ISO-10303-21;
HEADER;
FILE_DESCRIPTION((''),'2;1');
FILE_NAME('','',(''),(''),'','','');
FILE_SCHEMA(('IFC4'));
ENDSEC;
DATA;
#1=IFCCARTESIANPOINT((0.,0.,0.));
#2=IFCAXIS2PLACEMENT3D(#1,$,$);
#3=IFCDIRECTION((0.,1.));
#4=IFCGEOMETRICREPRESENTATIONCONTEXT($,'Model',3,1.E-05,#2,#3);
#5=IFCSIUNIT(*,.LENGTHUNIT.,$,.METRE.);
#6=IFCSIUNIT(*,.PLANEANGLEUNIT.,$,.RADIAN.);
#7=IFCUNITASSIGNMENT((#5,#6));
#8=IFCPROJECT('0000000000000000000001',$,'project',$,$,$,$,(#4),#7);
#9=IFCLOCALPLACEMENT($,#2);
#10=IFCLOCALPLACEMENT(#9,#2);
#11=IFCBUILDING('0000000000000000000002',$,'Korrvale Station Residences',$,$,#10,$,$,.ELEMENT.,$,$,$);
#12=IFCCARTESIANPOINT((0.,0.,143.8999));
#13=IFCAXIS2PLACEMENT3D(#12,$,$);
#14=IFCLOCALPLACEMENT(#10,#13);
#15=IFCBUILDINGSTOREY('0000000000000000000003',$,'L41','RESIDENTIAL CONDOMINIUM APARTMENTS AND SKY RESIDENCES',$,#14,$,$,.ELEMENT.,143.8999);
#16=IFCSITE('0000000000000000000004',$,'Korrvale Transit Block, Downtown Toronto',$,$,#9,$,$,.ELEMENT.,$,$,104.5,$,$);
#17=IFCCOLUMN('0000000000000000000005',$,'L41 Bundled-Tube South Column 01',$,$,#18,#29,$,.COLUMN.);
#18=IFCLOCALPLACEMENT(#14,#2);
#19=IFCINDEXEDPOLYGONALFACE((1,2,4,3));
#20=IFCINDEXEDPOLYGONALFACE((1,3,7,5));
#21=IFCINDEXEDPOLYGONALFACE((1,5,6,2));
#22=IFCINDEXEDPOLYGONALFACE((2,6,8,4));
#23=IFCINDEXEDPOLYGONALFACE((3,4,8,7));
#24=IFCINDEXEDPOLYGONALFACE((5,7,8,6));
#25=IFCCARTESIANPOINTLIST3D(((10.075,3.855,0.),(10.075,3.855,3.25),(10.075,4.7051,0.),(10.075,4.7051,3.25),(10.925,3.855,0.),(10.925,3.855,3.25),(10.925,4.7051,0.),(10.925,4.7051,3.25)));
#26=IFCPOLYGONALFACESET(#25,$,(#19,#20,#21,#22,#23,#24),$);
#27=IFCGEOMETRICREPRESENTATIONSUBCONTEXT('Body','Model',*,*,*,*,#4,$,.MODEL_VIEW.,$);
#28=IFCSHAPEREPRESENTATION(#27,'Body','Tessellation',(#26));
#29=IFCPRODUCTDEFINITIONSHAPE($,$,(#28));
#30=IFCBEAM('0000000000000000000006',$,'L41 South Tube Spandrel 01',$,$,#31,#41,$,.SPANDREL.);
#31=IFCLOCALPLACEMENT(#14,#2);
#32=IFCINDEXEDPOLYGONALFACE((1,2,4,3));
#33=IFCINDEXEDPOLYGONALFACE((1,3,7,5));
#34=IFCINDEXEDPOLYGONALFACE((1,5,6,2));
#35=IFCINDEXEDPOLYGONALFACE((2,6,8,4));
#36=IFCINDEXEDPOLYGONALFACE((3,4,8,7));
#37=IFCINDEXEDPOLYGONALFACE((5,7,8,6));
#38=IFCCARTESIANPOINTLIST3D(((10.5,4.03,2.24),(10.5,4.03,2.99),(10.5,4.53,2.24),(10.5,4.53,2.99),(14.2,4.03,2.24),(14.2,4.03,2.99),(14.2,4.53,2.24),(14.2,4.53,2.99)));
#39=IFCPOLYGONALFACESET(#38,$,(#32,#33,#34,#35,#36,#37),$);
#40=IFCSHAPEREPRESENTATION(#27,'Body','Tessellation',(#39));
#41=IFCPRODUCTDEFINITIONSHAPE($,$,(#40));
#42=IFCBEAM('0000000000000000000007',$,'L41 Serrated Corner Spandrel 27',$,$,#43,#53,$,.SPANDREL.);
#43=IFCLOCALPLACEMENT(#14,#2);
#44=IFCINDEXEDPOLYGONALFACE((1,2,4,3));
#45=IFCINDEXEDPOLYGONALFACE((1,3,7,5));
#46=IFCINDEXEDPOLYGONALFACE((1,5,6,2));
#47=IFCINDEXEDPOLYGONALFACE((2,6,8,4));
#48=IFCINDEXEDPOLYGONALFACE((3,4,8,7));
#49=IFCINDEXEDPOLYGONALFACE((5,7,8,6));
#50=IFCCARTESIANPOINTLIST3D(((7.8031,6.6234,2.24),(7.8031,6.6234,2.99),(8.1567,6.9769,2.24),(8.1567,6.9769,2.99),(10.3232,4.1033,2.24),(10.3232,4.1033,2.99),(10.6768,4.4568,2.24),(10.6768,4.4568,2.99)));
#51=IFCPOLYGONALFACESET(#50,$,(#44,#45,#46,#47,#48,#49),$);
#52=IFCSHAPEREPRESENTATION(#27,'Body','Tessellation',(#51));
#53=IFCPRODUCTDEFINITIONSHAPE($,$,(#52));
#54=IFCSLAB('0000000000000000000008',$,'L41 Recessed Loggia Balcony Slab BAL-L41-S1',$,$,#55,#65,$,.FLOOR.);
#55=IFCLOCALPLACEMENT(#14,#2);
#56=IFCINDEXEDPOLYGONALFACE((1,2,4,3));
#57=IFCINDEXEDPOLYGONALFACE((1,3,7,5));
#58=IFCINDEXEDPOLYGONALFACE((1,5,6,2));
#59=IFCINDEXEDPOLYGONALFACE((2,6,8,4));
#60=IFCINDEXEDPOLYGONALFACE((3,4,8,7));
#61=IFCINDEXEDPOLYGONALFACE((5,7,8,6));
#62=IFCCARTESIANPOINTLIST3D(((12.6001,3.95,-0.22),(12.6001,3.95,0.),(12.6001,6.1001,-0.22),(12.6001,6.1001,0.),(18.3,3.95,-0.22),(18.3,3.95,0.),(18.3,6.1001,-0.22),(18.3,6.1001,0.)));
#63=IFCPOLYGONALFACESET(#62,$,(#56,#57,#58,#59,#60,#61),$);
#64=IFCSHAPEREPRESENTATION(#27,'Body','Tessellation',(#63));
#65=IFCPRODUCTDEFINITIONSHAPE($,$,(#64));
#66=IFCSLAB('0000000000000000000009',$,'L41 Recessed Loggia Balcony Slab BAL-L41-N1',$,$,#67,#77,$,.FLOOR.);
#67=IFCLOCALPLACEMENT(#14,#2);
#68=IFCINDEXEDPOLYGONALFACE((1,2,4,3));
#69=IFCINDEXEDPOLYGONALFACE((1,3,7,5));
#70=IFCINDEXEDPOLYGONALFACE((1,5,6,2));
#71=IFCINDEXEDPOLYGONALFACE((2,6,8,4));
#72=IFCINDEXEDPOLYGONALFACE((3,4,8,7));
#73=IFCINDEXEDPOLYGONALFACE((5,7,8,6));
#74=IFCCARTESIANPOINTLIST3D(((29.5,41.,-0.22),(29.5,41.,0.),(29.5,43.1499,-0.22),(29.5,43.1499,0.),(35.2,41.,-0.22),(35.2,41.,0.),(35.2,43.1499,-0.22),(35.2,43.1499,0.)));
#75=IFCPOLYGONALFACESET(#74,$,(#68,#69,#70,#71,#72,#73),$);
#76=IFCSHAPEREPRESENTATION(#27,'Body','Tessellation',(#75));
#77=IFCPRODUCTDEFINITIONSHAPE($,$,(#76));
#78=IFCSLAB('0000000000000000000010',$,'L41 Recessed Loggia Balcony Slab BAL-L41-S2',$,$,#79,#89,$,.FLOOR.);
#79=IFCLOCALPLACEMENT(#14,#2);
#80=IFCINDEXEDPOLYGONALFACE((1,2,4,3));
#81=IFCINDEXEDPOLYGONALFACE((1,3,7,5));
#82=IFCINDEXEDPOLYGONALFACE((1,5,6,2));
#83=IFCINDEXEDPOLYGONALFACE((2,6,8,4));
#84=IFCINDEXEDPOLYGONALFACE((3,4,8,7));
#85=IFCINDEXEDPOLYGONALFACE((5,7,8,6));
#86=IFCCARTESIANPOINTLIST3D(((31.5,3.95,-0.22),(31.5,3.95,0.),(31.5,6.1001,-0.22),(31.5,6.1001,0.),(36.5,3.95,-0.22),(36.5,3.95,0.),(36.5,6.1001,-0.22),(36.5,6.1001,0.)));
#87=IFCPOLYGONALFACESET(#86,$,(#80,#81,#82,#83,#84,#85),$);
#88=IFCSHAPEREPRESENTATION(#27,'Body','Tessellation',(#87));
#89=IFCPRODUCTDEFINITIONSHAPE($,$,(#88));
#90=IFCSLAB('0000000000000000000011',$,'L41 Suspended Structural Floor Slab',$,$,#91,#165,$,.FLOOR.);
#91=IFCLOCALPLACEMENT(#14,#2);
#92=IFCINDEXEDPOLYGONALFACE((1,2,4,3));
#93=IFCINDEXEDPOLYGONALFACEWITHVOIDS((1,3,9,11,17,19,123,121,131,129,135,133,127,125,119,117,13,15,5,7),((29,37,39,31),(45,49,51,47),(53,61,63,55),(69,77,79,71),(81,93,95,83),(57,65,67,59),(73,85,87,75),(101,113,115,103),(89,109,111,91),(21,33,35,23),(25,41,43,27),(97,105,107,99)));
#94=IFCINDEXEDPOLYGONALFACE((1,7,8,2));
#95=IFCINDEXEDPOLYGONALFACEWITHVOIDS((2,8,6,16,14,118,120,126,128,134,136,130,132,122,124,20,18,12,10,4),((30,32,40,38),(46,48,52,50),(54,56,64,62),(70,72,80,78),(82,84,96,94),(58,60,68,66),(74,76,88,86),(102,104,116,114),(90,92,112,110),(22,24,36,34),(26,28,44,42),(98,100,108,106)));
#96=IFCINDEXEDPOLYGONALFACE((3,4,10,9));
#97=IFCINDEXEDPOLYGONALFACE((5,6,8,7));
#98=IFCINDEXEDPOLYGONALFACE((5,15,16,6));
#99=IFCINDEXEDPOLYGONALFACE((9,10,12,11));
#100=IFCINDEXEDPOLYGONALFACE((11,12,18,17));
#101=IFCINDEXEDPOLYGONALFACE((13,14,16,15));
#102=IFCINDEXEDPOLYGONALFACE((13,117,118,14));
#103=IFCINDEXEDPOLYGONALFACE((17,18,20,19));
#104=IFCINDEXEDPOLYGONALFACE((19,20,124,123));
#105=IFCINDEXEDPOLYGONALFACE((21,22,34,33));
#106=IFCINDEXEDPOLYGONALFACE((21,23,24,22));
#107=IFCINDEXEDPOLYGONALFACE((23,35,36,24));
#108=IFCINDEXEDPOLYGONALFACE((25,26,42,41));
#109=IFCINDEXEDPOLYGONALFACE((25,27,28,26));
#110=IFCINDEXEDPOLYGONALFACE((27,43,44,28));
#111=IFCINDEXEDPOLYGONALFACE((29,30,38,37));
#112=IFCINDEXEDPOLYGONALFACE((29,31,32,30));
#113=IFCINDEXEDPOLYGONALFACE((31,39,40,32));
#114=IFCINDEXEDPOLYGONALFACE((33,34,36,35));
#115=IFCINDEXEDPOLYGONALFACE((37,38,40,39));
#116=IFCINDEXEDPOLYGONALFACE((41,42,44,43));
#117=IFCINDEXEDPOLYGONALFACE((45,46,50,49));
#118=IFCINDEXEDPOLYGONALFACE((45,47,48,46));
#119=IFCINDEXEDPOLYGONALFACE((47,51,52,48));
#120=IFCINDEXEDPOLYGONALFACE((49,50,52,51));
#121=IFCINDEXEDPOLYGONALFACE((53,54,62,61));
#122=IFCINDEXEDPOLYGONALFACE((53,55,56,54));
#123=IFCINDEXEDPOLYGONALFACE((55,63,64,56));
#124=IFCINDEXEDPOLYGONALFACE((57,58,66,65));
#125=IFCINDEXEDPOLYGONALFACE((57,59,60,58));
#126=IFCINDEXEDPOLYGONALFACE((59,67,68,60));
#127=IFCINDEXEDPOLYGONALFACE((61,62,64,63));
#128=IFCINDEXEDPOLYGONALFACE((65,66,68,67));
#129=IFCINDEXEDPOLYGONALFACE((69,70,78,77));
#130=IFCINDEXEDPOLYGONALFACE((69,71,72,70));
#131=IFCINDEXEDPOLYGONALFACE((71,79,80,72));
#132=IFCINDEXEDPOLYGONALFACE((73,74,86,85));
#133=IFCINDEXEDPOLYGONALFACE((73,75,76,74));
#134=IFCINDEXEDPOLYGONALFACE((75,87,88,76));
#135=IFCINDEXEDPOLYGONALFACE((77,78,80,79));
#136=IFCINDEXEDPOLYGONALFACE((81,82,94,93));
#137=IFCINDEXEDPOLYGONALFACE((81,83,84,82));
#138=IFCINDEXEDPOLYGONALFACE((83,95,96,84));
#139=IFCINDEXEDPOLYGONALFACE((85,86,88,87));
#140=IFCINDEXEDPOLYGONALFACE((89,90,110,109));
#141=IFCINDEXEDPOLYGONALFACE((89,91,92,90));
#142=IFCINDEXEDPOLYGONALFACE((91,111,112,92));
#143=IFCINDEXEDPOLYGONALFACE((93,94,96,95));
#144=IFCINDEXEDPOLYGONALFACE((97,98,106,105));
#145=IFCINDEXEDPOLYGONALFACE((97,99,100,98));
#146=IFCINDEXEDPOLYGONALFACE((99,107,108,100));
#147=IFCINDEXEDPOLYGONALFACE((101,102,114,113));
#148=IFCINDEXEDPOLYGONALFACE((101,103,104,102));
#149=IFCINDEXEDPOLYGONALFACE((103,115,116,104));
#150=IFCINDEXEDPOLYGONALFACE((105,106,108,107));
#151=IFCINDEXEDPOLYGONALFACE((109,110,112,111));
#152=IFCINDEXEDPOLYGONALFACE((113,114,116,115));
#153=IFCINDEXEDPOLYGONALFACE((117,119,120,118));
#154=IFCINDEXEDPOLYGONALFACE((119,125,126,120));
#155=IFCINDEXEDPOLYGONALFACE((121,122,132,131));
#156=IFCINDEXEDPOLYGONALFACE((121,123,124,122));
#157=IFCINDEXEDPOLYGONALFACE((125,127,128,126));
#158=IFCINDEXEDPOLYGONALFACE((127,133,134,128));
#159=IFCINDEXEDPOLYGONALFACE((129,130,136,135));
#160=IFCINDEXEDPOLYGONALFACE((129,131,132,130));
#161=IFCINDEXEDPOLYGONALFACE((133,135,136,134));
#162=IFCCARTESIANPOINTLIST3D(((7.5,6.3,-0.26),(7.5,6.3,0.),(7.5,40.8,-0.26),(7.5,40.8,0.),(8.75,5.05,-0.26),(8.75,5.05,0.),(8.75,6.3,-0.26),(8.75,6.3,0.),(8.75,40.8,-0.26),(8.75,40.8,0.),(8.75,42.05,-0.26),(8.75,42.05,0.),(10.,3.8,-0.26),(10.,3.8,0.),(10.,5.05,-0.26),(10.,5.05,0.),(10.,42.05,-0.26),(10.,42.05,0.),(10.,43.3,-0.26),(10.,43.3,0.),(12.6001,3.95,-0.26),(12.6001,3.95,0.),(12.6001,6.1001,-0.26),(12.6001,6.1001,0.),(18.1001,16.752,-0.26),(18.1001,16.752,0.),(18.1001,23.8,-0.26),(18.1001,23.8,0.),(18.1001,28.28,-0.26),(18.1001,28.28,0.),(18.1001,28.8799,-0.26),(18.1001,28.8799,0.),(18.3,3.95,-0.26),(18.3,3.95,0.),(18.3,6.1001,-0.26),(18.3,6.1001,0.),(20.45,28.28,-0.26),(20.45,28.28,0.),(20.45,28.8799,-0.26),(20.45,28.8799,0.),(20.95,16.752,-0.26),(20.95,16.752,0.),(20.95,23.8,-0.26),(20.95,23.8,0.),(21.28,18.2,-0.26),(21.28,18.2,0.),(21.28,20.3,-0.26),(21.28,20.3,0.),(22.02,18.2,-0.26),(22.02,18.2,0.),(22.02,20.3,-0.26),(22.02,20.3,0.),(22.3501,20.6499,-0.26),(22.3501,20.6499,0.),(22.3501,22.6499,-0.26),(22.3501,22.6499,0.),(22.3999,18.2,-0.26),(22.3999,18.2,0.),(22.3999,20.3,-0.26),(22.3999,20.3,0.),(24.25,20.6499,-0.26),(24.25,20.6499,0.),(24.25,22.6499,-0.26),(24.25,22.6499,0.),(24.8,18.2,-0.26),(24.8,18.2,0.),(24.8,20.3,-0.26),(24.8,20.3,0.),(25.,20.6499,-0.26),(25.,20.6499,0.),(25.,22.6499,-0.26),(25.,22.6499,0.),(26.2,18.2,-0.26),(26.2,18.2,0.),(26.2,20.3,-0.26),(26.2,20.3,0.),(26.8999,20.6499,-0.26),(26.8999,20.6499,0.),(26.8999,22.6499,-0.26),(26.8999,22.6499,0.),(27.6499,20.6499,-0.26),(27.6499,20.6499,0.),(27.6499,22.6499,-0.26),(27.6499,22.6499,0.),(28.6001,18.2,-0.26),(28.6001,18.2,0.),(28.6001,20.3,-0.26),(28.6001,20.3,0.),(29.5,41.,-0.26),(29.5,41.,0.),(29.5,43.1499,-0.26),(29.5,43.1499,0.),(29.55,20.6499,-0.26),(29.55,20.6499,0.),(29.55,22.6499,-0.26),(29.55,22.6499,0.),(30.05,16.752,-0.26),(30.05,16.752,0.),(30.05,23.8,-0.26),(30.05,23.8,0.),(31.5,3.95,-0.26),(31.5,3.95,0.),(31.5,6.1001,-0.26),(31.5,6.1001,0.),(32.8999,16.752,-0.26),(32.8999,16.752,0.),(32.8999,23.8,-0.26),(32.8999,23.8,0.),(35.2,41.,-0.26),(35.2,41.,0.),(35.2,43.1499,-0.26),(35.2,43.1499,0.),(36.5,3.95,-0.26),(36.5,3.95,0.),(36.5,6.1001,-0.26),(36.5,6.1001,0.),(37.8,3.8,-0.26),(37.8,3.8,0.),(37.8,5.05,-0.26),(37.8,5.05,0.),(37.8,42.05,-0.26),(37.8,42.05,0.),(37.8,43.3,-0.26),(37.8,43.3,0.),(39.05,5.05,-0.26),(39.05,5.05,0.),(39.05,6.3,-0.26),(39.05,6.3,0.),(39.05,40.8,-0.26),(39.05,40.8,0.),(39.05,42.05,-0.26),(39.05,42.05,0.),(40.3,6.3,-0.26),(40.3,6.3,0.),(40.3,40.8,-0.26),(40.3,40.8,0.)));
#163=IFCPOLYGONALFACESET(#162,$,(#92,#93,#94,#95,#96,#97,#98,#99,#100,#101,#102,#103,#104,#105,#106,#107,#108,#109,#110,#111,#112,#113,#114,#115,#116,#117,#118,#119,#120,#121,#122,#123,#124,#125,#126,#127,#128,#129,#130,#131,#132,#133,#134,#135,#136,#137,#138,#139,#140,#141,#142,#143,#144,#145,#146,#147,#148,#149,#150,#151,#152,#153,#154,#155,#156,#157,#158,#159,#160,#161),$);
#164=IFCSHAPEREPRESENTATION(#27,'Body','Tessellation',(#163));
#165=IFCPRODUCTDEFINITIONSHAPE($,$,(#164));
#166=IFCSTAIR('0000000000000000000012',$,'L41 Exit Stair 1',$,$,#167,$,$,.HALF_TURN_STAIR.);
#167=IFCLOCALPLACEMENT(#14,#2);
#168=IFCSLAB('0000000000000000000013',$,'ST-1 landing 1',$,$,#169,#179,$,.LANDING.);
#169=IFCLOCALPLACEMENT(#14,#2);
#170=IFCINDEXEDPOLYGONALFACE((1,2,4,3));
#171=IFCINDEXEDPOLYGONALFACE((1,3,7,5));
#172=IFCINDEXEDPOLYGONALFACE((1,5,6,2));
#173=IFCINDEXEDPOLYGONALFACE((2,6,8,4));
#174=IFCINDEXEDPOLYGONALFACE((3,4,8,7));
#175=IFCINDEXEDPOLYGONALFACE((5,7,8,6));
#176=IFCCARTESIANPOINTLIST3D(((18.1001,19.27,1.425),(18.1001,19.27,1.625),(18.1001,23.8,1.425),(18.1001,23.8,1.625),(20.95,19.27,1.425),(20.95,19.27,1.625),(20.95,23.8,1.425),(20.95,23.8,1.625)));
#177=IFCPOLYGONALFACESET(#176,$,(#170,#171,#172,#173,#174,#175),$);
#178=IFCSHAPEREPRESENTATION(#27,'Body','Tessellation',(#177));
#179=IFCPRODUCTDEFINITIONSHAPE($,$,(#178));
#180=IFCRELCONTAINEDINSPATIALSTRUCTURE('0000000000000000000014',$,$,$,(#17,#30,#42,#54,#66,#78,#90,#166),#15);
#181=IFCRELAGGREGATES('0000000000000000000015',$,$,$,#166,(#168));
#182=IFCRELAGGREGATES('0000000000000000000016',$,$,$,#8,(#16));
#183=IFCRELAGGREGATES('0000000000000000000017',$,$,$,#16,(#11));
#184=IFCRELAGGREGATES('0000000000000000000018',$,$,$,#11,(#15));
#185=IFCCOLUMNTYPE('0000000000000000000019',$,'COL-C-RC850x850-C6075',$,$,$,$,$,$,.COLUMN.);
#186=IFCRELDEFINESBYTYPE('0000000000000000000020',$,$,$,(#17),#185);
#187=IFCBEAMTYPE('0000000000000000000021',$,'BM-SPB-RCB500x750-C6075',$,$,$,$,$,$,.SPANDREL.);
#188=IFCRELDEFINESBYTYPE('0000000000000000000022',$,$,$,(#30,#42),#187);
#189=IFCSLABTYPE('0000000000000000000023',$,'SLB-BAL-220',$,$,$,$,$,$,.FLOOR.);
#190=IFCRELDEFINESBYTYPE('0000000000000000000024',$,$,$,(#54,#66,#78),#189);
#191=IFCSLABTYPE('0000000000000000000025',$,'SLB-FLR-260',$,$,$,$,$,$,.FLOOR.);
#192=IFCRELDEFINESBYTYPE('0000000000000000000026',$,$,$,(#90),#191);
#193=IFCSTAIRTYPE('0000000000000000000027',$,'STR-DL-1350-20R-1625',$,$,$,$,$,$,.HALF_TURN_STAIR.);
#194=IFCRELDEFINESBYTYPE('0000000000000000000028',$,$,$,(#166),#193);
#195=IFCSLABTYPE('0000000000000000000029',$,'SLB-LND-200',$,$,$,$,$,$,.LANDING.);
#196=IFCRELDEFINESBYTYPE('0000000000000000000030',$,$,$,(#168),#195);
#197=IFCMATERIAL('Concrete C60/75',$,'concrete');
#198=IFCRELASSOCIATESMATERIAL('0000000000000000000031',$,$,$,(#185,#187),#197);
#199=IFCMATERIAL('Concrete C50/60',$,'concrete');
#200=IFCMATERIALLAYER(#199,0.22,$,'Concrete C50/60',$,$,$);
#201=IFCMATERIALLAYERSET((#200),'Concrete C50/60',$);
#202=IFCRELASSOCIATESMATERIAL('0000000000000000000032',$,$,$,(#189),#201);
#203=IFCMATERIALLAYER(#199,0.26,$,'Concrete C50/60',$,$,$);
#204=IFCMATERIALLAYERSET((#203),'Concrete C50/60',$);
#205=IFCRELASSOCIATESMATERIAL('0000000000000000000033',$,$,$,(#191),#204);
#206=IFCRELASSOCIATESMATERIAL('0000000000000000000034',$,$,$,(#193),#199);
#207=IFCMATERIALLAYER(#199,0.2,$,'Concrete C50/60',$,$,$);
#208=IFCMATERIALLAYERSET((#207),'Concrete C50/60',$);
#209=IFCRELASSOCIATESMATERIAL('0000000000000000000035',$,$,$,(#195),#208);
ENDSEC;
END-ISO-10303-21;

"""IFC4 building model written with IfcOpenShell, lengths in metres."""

from ifc_helpers import new_model, si_unit, direction, frame, origin, origin_2d, place, context, subcontext, project, spatial, polyline, rectangle, outline, extrude, material, layer, layer_set, material_profile, profile_set, type_object, element, aggregate, save


model = new_model("IFC4")

# Units and contexts
model_context = context("Model", 3, precision=1e-05, world=origin(), true_north=direction((0.0, 1.0)))
body_context = subcontext(model_context, "Body", "Model", "MODEL_VIEW")
ifc_project = project(units=[si_unit("LENGTHUNIT", "METRE"), si_unit("PLANEANGLEUNIT", "RADIAN")], contexts=[model_context])

# Site, building, storey
site_placement = place(None, origin())
site = spatial("IfcSite", under=ifc_project, at=site_placement, Name="Korrvale Transit Block, Downtown Toronto", CompositionType="ELEMENT", RefElevation=104.5)
building_placement = place(site_placement, origin())
building = spatial("IfcBuilding", under=site, at=building_placement, Name="Korrvale Station Residences", CompositionType="ELEMENT")
storey_placement = place(building_placement, frame((0.0, 0.0, 143.8999)))
storey = spatial("IfcBuildingStorey", under=building, at=storey_placement, Name="L41", Description="RESIDENTIAL CONDOMINIUM APARTMENTS AND SKY RESIDENCES", CompositionType="ELEMENT", Elevation=143.8999)

# Column
ifc_material_1 = material(Name="Concrete C60/75", Category="concrete")
ifc_material_profile_1 = material_profile(ifc_material_1, rectangle(XDim=0.8501, YDim=0.8501, at=origin_2d()), Name="RC850x850")
ifc_profile_set_1 = profile_set([ifc_material_profile_1], Name="Concrete C60/75")
column_type = type_object("IfcColumnType", Name="COL-C-RC850x850-C6075", PredefinedType="COLUMN", material=ifc_profile_set_1)
column_placement = place(storey_placement, frame((10.5, 4.28, 0.0), z_axis=(0.0, 0.0, 1.0), x_axis=(1.0, 0.0, 0.0)))
element("IfcColumn", 1, at=column_placement, inside=storey, type_object=column_type, Name="L41 Bundled-Tube South Column 01", PredefinedType="COLUMN", context=body_context, shape_type="SweptSolid", body=[
    extrude(rectangle(XDim=0.8501, YDim=0.8501, at=origin_2d()), origin(), (0.0, 0.0, 1.0), 3.25),
])

# Beams
ifc_material_profile_2 = material_profile(ifc_material_1, rectangle(XDim=0.5, YDim=0.75, at=origin_2d()), Name="RCB500x750")
ifc_profile_set_2 = profile_set([ifc_material_profile_2], Name="Concrete C60/75")
beam_type = type_object("IfcBeamType", Name="BM-SPB-RCB500x750-C6075", PredefinedType="SPANDREL", material=ifc_profile_set_2)
beam_1_placement = place(storey_placement, frame((10.5, 4.28, 2.615), z_axis=(1.0, 0.0, 0.0), x_axis=(0.0, 1.0, 0.0)))
element("IfcBeam", 2, at=beam_1_placement, inside=storey, type_object=beam_type, Name="L41 South Tube Spandrel 01", PredefinedType="SPANDREL", context=body_context, shape_type="SweptSolid", body=[
    extrude(rectangle(XDim=0.5, YDim=0.75, at=origin_2d()), origin(), (0.0, 0.0, 1.0), 3.7),
])
beam_2_placement = place(storey_placement, frame((10.5, 4.28, 2.615), z_axis=(-0.707107, 0.707107, 0.0), x_axis=(-0.707107, -0.707107, 0.0)))
element("IfcBeam", 3, at=beam_2_placement, inside=storey, type_object=beam_type, Name="L41 Serrated Corner Spandrel 27", PredefinedType="SPANDREL", context=body_context, shape_type="SweptSolid", body=[
    extrude(rectangle(XDim=0.5, YDim=0.75, at=origin_2d()), origin(), (0.0, 0.0, 1.0), 3.564),
])

# Slabs
ifc_material_2 = material(Name="Concrete C50/60", Category="concrete")
ifc_layer_1 = layer(ifc_material_2, 0.22, Name="Concrete C50/60")
ifc_layer_set_1 = layer_set([ifc_layer_1], Name="Concrete C50/60")
slab_type_1 = type_object("IfcSlabType", Name="SLB-BAL-220", PredefinedType="FLOOR", material=ifc_layer_set_1)
slab_1_placement = place(storey_placement, frame((0.0, 0.0, -0.22)))
element("IfcSlab", 4, at=slab_1_placement, inside=storey, type_object=slab_type_1, Name="L41 Recessed Loggia Balcony Slab BAL-L41-S1", PredefinedType="FLOOR", context=body_context, shape_type="SweptSolid", body=[
    extrude(outline(polyline([(12.6001, 3.95), (18.3, 3.95), (18.3, 6.1001), (12.6001, 6.1001), (12.6001, 3.95)])), origin(), (0.0, 0.0, 1.0), 0.22),
])
slab_2_placement = place(storey_placement, frame((0.0, 0.0, -0.22)))
element("IfcSlab", 5, at=slab_2_placement, inside=storey, type_object=slab_type_1, Name="L41 Recessed Loggia Balcony Slab BAL-L41-N1", PredefinedType="FLOOR", context=body_context, shape_type="SweptSolid", body=[
    extrude(outline(polyline([(29.5, 41.0), (35.2, 41.0), (35.2, 43.1499), (29.5, 43.1499), (29.5, 41.0)])), origin(), (0.0, 0.0, 1.0), 0.22),
])
slab_3_placement = place(storey_placement, frame((0.0, 0.0, -0.22)))
element("IfcSlab", 6, at=slab_3_placement, inside=storey, type_object=slab_type_1, Name="L41 Recessed Loggia Balcony Slab BAL-L41-S2", PredefinedType="FLOOR", context=body_context, shape_type="SweptSolid", body=[
    extrude(outline(polyline([(31.5, 3.95), (36.5, 3.95), (36.5, 6.1001), (31.5, 6.1001), (31.5, 3.95)])), origin(), (0.0, 0.0, 1.0), 0.22),
])
ifc_layer_2 = layer(ifc_material_2, 0.26, Name="Concrete C50/60")
ifc_layer_set_2 = layer_set([ifc_layer_2], Name="Concrete C50/60")
slab_type_2 = type_object("IfcSlabType", Name="SLB-FLR-260", PredefinedType="FLOOR", material=ifc_layer_set_2)
slab_4_placement = place(storey_placement, frame((0.0, 0.0, -0.26)))
element("IfcSlab", 7, at=slab_4_placement, inside=storey, type_object=slab_type_2, Name="L41 Suspended Structural Floor Slab", PredefinedType="FLOOR", context=body_context, shape_type="SweptSolid", body=[
    extrude(outline(polyline([(10.0, 3.8), (37.8, 3.8), (37.8, 5.05), (39.05, 5.05), (39.05, 6.3), (40.3, 6.3), (40.3, 40.8), (39.05, 40.8), (39.05, 42.05), (37.8, 42.05), (37.8, 43.3), (10.0, 43.3), (10.0, 42.05), (8.75, 42.05), (8.75, 40.8), (7.5, 40.8), (7.5, 6.3), (8.75, 6.3), (8.75, 5.05), (10.0, 5.05), (10.0, 3.8)]), holes=[polyline([(20.95, 16.752), (20.95, 23.8), (18.1001, 23.8), (18.1001, 16.752), (20.95, 16.752)]), polyline([(32.8999, 16.752), (32.8999, 23.8), (30.05, 23.8), (30.05, 16.752), (32.8999, 16.752)]), polyline([(22.3501, 20.6499), (24.25, 20.6499), (24.25, 22.6499), (22.3501, 22.6499), (22.3501, 20.6499)]), polyline([(25.0, 20.6499), (26.8999, 20.6499), (26.8999, 22.6499), (25.0, 22.6499), (25.0, 20.6499)]), polyline([(27.6499, 20.6499), (29.55, 20.6499), (29.55, 22.6499), (27.6499, 22.6499), (27.6499, 20.6499)]), polyline([(22.3999, 18.2), (24.8, 18.2), (24.8, 20.3), (22.3999, 20.3), (22.3999, 18.2)]), polyline([(26.2, 18.2), (28.6001, 18.2), (28.6001, 20.3), (26.2, 20.3), (26.2, 18.2)]), polyline([(18.1001, 28.28), (20.45, 28.28), (20.45, 28.8799), (18.1001, 28.8799), (18.1001, 28.28)]), polyline([(21.28, 18.2), (22.02, 18.2), (22.02, 20.3), (21.28, 20.3), (21.28, 18.2)]), polyline([(12.6001, 3.95), (18.3, 3.95), (18.3, 6.1001), (12.6001, 6.1001), (12.6001, 3.95)]), polyline([(29.5, 41.0), (35.2, 41.0), (35.2, 43.1499), (29.5, 43.1499), (29.5, 41.0)]), polyline([(31.5, 3.95), (36.5, 3.95), (36.5, 6.1001), (31.5, 6.1001), (31.5, 3.95)])]), origin(), (0.0, 0.0, 1.0), 0.26),
])

# Stair, slab
stair_type = type_object("IfcStairType", Name="STR-DL-1350-20R-1625", PredefinedType="HALF_TURN_STAIR", material=ifc_material_2)
stair_1_placement = place(storey_placement, origin())
stair_1 = element("IfcStair", 8, at=stair_1_placement, inside=storey, type_object=stair_type, Name="L41 Exit Stair 1", PredefinedType="HALF_TURN_STAIR")
ifc_layer_3 = layer(ifc_material_2, 0.2, Name="Concrete C50/60")
ifc_layer_set_3 = layer_set([ifc_layer_3], Name="Concrete C50/60")
slab_type_3 = type_object("IfcSlabType", Name="SLB-LND-200", PredefinedType="LANDING", material=ifc_layer_set_3)
slab_5_placement = place(storey_placement, frame((0.0, 0.0, 1.425)))
slab_5 = element("IfcSlab", 9, at=slab_5_placement, type_object=slab_type_3, Name="ST-1 landing 1", PredefinedType="LANDING", context=body_context, shape_type="SweptSolid", body=[
    extrude(outline(polyline([(20.95, 19.27), (20.95, 23.8), (18.1001, 23.8), (18.1001, 19.27), (20.95, 19.27)])), origin(), (0.0, 0.0, 1.0), 0.2),
])
aggregate(stair_1, [slab_5])

save(model, "model.ifc")
